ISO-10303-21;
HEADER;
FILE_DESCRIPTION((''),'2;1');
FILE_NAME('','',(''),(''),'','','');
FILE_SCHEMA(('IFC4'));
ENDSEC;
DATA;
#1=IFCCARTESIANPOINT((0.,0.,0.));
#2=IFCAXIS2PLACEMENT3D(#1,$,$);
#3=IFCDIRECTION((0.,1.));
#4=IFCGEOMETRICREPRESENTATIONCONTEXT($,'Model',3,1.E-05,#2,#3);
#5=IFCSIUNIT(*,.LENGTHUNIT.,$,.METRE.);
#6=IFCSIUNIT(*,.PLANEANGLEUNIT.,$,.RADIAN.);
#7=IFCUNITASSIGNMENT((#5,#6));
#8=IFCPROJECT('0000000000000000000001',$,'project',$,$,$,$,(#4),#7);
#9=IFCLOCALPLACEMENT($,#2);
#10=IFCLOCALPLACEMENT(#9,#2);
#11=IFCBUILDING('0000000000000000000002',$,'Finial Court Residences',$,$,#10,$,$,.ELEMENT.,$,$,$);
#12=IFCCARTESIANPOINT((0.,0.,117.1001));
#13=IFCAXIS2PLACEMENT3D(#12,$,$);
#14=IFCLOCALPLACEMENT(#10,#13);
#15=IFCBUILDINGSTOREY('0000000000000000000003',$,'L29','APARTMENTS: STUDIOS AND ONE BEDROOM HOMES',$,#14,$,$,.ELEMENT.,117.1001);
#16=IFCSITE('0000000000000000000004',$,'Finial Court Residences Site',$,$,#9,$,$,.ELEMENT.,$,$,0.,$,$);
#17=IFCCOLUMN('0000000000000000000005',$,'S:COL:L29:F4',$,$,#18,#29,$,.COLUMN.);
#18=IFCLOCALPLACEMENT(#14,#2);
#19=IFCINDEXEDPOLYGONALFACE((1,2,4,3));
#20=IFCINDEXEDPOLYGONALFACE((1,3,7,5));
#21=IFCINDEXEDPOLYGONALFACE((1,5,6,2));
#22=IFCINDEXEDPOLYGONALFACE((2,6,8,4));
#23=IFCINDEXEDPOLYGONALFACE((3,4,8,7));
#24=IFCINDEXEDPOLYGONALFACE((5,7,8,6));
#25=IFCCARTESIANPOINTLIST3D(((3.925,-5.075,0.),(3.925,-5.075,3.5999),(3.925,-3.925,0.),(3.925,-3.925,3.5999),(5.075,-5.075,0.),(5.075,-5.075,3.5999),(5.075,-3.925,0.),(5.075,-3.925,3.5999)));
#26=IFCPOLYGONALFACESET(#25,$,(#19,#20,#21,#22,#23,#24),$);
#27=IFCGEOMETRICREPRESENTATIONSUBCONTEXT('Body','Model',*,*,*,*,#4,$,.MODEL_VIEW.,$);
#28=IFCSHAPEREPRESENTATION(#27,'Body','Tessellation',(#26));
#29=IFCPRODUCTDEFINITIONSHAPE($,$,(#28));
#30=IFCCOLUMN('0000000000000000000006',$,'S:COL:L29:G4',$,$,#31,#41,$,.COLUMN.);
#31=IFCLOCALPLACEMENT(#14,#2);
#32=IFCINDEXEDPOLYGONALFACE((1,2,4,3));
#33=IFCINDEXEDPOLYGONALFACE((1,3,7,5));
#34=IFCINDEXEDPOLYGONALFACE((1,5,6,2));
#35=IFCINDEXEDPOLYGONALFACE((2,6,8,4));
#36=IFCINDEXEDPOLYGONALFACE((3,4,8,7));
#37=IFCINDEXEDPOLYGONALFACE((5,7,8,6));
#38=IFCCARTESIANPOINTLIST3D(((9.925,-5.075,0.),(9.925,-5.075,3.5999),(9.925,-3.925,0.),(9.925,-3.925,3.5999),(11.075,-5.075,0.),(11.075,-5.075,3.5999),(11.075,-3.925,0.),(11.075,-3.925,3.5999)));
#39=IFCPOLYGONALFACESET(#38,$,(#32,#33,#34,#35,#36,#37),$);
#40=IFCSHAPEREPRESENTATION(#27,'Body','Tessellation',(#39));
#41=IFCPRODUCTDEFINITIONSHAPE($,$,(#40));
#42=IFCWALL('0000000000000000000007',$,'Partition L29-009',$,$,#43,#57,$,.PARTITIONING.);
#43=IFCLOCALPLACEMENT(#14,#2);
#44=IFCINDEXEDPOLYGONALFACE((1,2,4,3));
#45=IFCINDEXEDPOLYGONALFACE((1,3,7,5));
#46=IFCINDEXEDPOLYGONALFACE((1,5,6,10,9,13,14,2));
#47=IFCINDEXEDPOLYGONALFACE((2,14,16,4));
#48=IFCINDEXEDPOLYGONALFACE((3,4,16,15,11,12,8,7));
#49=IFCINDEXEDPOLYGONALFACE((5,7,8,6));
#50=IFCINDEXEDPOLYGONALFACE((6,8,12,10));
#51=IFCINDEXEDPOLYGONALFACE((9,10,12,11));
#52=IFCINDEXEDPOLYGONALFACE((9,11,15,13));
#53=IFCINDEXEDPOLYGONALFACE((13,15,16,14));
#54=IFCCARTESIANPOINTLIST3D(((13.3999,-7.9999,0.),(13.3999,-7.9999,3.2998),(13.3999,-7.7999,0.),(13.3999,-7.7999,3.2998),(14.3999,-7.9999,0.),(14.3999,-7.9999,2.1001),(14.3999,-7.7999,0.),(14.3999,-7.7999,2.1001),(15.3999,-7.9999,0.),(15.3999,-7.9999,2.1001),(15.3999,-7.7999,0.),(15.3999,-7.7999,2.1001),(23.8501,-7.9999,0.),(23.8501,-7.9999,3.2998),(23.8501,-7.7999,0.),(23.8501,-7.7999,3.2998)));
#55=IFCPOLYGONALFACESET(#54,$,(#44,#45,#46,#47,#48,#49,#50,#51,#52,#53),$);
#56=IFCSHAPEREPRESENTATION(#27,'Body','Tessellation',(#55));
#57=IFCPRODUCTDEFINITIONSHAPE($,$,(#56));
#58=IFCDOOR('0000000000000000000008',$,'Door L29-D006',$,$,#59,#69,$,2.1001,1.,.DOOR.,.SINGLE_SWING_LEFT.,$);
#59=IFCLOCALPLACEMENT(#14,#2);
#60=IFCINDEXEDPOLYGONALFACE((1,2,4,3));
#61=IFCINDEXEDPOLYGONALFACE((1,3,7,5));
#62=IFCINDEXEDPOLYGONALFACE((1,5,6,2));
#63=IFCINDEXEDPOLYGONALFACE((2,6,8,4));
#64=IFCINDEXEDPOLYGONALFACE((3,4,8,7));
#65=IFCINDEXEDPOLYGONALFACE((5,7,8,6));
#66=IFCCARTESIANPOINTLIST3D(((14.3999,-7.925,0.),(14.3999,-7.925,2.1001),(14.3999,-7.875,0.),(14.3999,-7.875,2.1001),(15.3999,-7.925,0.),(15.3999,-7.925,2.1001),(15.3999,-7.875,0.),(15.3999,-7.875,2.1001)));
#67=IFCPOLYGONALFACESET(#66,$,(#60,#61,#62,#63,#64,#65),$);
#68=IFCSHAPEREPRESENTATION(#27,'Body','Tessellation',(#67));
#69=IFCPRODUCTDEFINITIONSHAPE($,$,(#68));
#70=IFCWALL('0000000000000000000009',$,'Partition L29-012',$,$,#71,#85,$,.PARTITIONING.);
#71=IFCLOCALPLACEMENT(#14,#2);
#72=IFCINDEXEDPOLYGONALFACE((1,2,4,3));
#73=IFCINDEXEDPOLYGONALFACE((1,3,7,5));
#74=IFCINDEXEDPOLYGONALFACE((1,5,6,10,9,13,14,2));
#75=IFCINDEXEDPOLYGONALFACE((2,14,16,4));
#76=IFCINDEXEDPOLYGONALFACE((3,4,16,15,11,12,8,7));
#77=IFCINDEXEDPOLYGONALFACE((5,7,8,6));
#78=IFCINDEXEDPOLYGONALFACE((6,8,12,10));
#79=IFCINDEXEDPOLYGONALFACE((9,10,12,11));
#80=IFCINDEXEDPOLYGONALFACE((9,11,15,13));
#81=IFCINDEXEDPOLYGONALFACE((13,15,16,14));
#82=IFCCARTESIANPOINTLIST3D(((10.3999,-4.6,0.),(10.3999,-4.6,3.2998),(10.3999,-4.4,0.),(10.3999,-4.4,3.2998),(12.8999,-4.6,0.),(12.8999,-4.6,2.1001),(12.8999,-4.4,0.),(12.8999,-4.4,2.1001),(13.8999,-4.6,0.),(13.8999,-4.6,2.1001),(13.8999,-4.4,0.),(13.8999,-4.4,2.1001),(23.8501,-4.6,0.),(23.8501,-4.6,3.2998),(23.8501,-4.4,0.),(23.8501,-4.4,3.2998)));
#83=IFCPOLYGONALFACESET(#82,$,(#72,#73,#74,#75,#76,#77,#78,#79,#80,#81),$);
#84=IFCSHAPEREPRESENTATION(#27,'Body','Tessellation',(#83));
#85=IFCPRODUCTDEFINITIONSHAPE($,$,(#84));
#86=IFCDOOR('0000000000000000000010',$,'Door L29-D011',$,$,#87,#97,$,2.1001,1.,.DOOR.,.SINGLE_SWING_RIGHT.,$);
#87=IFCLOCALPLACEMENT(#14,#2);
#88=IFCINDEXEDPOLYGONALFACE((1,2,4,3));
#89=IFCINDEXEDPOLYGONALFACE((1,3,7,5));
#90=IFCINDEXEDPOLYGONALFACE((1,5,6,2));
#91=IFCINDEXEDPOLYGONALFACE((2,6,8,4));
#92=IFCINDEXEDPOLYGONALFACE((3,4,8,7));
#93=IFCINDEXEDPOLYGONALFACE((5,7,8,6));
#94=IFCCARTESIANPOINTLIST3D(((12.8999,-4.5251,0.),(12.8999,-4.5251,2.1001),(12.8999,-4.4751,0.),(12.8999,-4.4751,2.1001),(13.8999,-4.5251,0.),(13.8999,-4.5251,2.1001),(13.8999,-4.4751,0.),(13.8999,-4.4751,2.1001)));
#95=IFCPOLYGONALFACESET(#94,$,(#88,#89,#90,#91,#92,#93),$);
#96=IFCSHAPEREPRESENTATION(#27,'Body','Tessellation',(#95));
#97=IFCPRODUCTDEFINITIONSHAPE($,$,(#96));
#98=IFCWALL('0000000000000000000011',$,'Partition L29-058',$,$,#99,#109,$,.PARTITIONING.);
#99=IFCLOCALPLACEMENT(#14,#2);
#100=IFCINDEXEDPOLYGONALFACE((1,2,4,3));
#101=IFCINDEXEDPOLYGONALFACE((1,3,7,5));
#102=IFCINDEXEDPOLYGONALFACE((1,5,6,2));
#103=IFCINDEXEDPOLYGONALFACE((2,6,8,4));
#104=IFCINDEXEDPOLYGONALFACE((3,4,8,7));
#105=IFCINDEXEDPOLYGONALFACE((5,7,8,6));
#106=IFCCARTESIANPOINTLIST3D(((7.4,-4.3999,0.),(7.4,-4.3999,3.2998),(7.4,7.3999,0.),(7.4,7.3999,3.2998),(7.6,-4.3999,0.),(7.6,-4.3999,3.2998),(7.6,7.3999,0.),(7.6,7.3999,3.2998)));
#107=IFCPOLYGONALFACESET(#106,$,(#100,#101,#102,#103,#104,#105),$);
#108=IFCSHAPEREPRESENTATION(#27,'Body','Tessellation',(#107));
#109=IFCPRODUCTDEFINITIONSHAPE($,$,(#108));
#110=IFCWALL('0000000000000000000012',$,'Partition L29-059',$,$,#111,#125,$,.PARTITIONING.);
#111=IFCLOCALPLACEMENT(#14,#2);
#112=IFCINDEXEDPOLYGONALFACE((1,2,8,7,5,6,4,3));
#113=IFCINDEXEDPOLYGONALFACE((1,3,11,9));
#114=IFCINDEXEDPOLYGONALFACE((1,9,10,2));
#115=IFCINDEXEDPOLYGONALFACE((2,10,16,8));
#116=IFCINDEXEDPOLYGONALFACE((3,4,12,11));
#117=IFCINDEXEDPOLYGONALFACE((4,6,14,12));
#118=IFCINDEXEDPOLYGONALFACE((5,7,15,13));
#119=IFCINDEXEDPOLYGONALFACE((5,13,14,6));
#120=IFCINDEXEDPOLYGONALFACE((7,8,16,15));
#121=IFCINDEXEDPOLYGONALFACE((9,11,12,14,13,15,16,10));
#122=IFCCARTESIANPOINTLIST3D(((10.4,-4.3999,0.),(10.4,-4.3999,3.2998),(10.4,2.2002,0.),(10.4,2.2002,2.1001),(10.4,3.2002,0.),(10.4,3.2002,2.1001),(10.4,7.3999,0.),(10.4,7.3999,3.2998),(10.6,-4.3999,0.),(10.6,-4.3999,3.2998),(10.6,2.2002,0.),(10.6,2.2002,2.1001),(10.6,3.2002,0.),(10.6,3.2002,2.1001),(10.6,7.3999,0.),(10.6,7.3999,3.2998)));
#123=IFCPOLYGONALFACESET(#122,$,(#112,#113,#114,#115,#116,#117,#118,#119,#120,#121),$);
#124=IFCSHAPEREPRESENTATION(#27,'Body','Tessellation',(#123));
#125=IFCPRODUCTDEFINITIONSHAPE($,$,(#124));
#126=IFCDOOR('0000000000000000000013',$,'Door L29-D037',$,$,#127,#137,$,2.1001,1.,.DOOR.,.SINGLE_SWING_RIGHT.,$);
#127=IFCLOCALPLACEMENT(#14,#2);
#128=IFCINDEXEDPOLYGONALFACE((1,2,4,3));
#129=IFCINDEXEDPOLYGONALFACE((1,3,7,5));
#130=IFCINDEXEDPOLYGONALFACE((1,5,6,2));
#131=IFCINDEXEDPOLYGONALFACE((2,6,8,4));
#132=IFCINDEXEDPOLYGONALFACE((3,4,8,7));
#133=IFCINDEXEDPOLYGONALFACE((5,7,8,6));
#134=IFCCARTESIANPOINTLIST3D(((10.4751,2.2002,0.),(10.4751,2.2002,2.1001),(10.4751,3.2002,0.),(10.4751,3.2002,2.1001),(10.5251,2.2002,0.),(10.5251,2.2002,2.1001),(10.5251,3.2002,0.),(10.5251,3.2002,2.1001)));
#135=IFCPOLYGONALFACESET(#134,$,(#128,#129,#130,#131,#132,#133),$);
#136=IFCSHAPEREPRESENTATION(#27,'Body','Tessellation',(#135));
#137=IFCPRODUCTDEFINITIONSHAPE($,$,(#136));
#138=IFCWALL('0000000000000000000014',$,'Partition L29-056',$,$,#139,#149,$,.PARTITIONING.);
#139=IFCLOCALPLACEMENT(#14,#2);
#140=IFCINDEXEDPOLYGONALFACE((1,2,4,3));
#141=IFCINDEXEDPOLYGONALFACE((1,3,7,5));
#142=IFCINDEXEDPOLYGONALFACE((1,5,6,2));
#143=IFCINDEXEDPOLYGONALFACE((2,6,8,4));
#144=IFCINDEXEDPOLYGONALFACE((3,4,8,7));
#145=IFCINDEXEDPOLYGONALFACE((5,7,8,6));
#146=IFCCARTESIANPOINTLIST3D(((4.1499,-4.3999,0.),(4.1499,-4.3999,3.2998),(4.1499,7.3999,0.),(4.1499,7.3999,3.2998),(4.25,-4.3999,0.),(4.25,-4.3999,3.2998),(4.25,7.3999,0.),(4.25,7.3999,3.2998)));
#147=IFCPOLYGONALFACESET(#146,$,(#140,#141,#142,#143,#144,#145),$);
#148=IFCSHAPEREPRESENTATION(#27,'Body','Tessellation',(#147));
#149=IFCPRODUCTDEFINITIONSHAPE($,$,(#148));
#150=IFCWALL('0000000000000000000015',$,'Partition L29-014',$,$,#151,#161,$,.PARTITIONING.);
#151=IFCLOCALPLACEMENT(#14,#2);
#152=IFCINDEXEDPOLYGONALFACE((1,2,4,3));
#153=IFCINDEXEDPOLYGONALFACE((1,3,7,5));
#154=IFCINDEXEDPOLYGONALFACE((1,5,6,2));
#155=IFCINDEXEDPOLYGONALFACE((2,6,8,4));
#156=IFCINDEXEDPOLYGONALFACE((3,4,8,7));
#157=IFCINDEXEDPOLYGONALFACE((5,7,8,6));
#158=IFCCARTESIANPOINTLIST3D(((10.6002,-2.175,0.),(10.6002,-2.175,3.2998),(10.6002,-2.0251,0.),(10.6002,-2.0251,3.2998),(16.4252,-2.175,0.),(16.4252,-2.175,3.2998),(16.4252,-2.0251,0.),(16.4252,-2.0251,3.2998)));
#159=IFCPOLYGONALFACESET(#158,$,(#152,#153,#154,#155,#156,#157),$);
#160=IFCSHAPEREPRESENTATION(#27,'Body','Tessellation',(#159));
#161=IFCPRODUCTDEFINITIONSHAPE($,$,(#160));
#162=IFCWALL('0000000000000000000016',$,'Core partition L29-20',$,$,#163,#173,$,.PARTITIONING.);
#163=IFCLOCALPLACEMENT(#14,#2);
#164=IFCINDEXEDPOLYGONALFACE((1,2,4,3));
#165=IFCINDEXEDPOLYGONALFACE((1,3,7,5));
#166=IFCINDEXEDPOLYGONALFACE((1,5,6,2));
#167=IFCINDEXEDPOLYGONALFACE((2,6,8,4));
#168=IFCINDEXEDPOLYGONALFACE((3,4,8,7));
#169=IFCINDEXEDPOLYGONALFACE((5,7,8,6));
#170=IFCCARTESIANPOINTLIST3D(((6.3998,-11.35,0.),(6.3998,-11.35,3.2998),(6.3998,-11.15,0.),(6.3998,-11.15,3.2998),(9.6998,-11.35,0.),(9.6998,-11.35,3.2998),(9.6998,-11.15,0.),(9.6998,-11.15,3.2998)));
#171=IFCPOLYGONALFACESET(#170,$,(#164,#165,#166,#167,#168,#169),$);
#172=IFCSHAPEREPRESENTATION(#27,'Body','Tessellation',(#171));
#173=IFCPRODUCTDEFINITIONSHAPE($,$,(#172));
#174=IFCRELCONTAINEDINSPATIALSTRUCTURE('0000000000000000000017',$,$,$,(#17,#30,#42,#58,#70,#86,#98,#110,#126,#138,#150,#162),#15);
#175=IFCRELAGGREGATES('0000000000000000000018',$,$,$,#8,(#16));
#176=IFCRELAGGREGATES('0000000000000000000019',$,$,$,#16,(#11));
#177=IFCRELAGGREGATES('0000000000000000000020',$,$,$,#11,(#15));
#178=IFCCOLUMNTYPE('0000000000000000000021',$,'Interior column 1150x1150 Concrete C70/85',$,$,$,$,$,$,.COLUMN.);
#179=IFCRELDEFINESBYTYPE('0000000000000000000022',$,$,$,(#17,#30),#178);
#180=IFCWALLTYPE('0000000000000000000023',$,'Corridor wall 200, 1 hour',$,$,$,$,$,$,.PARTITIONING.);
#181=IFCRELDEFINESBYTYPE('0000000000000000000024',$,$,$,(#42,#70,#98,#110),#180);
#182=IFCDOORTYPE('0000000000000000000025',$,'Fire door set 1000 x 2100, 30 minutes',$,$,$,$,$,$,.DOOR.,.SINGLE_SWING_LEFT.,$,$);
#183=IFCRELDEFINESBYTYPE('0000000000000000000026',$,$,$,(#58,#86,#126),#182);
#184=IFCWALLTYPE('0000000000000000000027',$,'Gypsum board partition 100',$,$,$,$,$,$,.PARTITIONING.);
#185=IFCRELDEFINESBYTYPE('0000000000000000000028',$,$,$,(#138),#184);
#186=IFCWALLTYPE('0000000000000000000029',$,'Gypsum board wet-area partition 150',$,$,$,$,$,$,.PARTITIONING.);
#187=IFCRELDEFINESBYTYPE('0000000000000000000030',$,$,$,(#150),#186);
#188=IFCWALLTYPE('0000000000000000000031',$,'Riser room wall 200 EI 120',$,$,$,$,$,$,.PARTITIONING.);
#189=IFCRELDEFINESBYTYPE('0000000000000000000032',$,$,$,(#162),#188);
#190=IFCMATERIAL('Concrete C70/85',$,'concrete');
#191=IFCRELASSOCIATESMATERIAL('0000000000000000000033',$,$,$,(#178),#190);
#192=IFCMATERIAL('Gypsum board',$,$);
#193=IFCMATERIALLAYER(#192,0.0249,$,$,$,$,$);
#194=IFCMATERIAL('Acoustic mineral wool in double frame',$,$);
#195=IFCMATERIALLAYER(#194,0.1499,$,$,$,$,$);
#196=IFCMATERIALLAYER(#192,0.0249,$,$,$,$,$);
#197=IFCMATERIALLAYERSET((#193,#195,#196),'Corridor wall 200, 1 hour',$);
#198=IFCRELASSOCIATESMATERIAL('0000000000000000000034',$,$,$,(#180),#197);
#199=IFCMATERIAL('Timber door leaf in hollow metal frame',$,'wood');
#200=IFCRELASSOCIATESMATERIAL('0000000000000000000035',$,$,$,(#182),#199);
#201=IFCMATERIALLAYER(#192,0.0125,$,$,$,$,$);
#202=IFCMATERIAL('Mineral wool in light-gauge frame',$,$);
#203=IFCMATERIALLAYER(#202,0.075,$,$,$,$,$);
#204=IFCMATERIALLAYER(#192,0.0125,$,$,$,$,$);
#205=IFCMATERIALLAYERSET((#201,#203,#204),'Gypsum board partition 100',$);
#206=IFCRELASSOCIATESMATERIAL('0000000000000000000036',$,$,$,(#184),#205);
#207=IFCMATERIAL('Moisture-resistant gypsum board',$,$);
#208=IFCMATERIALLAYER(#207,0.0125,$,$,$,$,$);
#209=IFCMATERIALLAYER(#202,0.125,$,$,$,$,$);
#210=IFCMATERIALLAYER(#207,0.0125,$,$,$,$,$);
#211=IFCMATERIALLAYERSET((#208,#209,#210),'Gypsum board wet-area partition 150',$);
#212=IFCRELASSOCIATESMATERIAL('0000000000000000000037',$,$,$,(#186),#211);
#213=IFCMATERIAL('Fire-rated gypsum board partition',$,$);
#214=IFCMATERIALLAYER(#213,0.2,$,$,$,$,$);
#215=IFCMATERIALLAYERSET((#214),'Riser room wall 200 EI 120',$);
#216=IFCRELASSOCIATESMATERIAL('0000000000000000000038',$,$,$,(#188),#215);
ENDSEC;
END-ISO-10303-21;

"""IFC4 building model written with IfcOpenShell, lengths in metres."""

from ifc_helpers import new_model, si_unit, direction, frame, frame_2d, origin, origin_2d, place, context, subcontext, project, spatial, rectangle, extrude, material, layer, layer_set, material_profile, profile_set, type_object, element, fill, save


model = new_model("IFC4")

# Units and contexts
model_context = context("Model", 3, precision=1e-05, world=origin(), true_north=direction((0.0, 1.0)))
body_context = subcontext(model_context, "Body", "Model", "MODEL_VIEW")
ifc_project = project(units=[si_unit("LENGTHUNIT", "METRE"), si_unit("PLANEANGLEUNIT", "RADIAN")], contexts=[model_context])

# Site, building, storey
site_placement = place(None, origin())
site = spatial("IfcSite", under=ifc_project, at=site_placement, Name="Finial Court Residences Site", CompositionType="ELEMENT", RefElevation=0.0)
building_placement = place(site_placement, origin())
building = spatial("IfcBuilding", under=site, at=building_placement, Name="Finial Court Residences", CompositionType="ELEMENT")
storey_placement = place(building_placement, frame((0.0, 0.0, 117.1001)))
storey = spatial("IfcBuildingStorey", under=building, at=storey_placement, Name="L29", Description="APARTMENTS: STUDIOS AND ONE BEDROOM HOMES", CompositionType="ELEMENT", Elevation=117.1001)

# Columns
ifc_material_1 = material(Name="Concrete C70/85", Category="concrete")
ifc_material_profile = material_profile(ifc_material_1, rectangle(XDim=1.1499, YDim=1.1499, at=origin_2d()), Name="1150x1150")
ifc_profile_set = profile_set([ifc_material_profile], Name="Concrete C70/85")
column_type = type_object("IfcColumnType", Name="Interior column 1150x1150 Concrete C70/85", PredefinedType="COLUMN", material=ifc_profile_set)
for number, where, z_axis, x_axis, name in (
    (1, (4.5, -4.5, 0.0), (0.0, 0.0, 1.0), (1.0, 0.0, 0.0), "S:COL:L29:F4"),
    (2, (10.5, -4.5, 0.0), (0.0, 0.0, 1.0), (1.0, 0.0, 0.0), "S:COL:L29:G4"),
):
    element("IfcColumn", number, at=place(storey_placement, frame(where, z_axis=z_axis, x_axis=x_axis)), inside=storey, type_object=column_type, Name=name, PredefinedType="COLUMN", context=body_context, shape_type="SweptSolid", body=[
        extrude(rectangle(XDim=1.1499, YDim=1.1499, at=origin_2d()), origin(), (0.0, 0.0, 1.0), 3.5999),
    ])

# Walls, openings, doors
ifc_material_2 = material(Name="Gypsum board")
ifc_layer_1 = layer(ifc_material_2, 0.0249)
ifc_material_3 = material(Name="Acoustic mineral wool in double frame")
ifc_layer_2 = layer(ifc_material_3, 0.1499)
ifc_layer_3 = layer(ifc_material_2, 0.0249)
ifc_layer_set_1 = layer_set([ifc_layer_1, ifc_layer_2, ifc_layer_3], Name="Corridor wall 200, 1 hour")
wall_type_1 = type_object("IfcWallType", Name="Corridor wall 200, 1 hour", PredefinedType="PARTITIONING", material=ifc_layer_set_1)
wall_1_placement = place(storey_placement, frame((13.3999, -7.8999, 0.0), z_axis=(0.0, 0.0, 1.0), x_axis=(1.0, 0.0, 0.0)))
wall_1 = element("IfcWall", 3, at=wall_1_placement, inside=storey, type_object=wall_type_1, Name="Partition L29-009", PredefinedType="PARTITIONING", context=body_context, shape_type="SweptSolid", body=[
    extrude(rectangle(XDim=10.4502, YDim=0.2, at=frame_2d((5.2251, 0.0))), origin(), (0.0, 0.0, 1.0), 3.2998),
])
opening_1_placement = place(wall_1_placement, frame((1.0, 0.0, 0.0)))
opening_1 = element("IfcOpeningElement", 4, at=opening_1_placement, cuts=wall_1, PredefinedType="OPENING", context=body_context, shape_type="SweptSolid", body=[
    extrude(rectangle(XDim=1.0, YDim=2.1001, at=frame_2d((0.5, 1.05))), frame((0.0, 0.1099, 0.0), z_axis=(0.0, -1.0, 0.0), x_axis=(1.0, 0.0, 0.0)), (0.0, 0.0, 1.0), 0.22),
])
ifc_material_4 = material(Name="Timber door leaf in hollow metal frame", Category="wood")
door_type_1 = type_object("IfcDoorType", Name="Fire door set 1000 x 2100, 30 minutes", OperationType="SINGLE_SWING_LEFT", PredefinedType="DOOR", material=ifc_material_4)
door_1_placement = place(opening_1_placement, origin())
door_1 = element("IfcDoor", 5, at=door_1_placement, inside=storey, type_object=door_type_1, Name="Door L29-D006", OperationType="SINGLE_SWING_LEFT", OverallHeight=2.1001, OverallWidth=1.0, PredefinedType="DOOR", context=body_context, shape_type="SweptSolid", body=[
    extrude(rectangle(XDim=1.0, YDim=2.1001, at=frame_2d((0.5, 1.05))), frame((0.0, 0.0249, 0.0), z_axis=(0.0, -1.0, 0.0), x_axis=(1.0, 0.0, 0.0)), (0.0, 0.0, 1.0), 0.05),
])
fill(opening_1, door_1)
wall_2_placement = place(storey_placement, frame((10.3999, -4.5, 0.0), z_axis=(0.0, 0.0, 1.0), x_axis=(1.0, 0.0, 0.0)))
wall_2 = element("IfcWall", 6, at=wall_2_placement, inside=storey, type_object=wall_type_1, Name="Partition L29-012", PredefinedType="PARTITIONING", context=body_context, shape_type="SweptSolid", body=[
    extrude(rectangle(XDim=13.4502, YDim=0.2, at=frame_2d((6.7251, 0.0))), origin(), (0.0, 0.0, 1.0), 3.2998),
])
opening_2_placement = place(wall_2_placement, frame((2.5, 0.0, 0.0)))
opening_2 = element("IfcOpeningElement", 7, at=opening_2_placement, cuts=wall_2, PredefinedType="OPENING", context=body_context, shape_type="SweptSolid", body=[
    extrude(rectangle(XDim=1.0, YDim=2.1001, at=frame_2d((0.5, 1.05))), frame((0.0, 0.1099, 0.0), z_axis=(0.0, -1.0, 0.0), x_axis=(1.0, 0.0, 0.0)), (0.0, 0.0, 1.0), 0.22),
])
door_2_placement = place(opening_2_placement, origin())
door_2 = element("IfcDoor", 8, at=door_2_placement, inside=storey, type_object=door_type_1, Name="Door L29-D011", OperationType="SINGLE_SWING_RIGHT", OverallHeight=2.1001, OverallWidth=1.0, PredefinedType="DOOR", context=body_context, shape_type="SweptSolid", body=[
    extrude(rectangle(XDim=1.0, YDim=2.1001, at=frame_2d((0.5, 1.05))), frame((0.0, 0.0249, 0.0), z_axis=(0.0, -1.0, 0.0), x_axis=(1.0, 0.0, 0.0)), (0.0, 0.0, 1.0), 0.05),
])
fill(opening_2, door_2)

# Wall
wall_3_placement = place(storey_placement, frame((7.5, -4.3999, 0.0), z_axis=(0.0, 0.0, 1.0), x_axis=(0.0, 1.0, 0.0)))
element("IfcWall", 9, at=wall_3_placement, inside=storey, type_object=wall_type_1, Name="Partition L29-058", PredefinedType="PARTITIONING", context=body_context, shape_type="SweptSolid", body=[
    extrude(rectangle(XDim=11.7998, YDim=0.2, at=frame_2d((5.8999, 0.0))), origin(), (0.0, 0.0, 1.0), 3.2998),
])

# Wall, opening, door
wall_4_placement = place(storey_placement, frame((10.5, -4.3999, 0.0), z_axis=(0.0, 0.0, 1.0), x_axis=(0.0, 1.0, 0.0)))
wall_4 = element("IfcWall", 10, at=wall_4_placement, inside=storey, type_object=wall_type_1, Name="Partition L29-059", PredefinedType="PARTITIONING", context=body_context, shape_type="SweptSolid", body=[
    extrude(rectangle(XDim=11.7998, YDim=0.2, at=frame_2d((5.8999, 0.0))), origin(), (0.0, 0.0, 1.0), 3.2998),
])
opening_3_placement = place(wall_4_placement, frame((6.6001, 0.0, 0.0)))
opening_3 = element("IfcOpeningElement", 11, at=opening_3_placement, cuts=wall_4, PredefinedType="OPENING", context=body_context, shape_type="SweptSolid", body=[
    extrude(rectangle(XDim=1.0, YDim=2.1001, at=frame_2d((0.5, 1.05))), frame((0.0, 0.1099, 0.0), z_axis=(0.0, -1.0, 0.0), x_axis=(1.0, 0.0, 0.0)), (0.0, 0.0, 1.0), 0.22),
])
door_3_placement = place(opening_3_placement, origin())
door_3 = element("IfcDoor", 12, at=door_3_placement, inside=storey, type_object=door_type_1, Name="Door L29-D037", OperationType="SINGLE_SWING_RIGHT", OverallHeight=2.1001, OverallWidth=1.0, PredefinedType="DOOR", context=body_context, shape_type="SweptSolid", body=[
    extrude(rectangle(XDim=1.0, YDim=2.1001, at=frame_2d((0.5, 1.05))), frame((0.0, 0.0249, 0.0), z_axis=(0.0, -1.0, 0.0), x_axis=(1.0, 0.0, 0.0)), (0.0, 0.0, 1.0), 0.05),
])
fill(opening_3, door_3)

# Walls
ifc_layer_4 = layer(ifc_material_2, 0.0125)
ifc_material_5 = material(Name="Mineral wool in light-gauge frame")
ifc_layer_5 = layer(ifc_material_5, 0.075)
ifc_layer_6 = layer(ifc_material_2, 0.0125)
ifc_layer_set_2 = layer_set([ifc_layer_4, ifc_layer_5, ifc_layer_6], Name="Gypsum board partition 100")
wall_type_2 = type_object("IfcWallType", Name="Gypsum board partition 100", PredefinedType="PARTITIONING", material=ifc_layer_set_2)
wall_5_placement = place(storey_placement, frame((4.2, -4.3999, 0.0), z_axis=(0.0, 0.0, 1.0), x_axis=(0.0, 1.0, 0.0)))
element("IfcWall", 13, at=wall_5_placement, inside=storey, type_object=wall_type_2, Name="Partition L29-056", PredefinedType="PARTITIONING", context=body_context, shape_type="SweptSolid", body=[
    extrude(rectangle(XDim=11.7998, YDim=0.1001, at=frame_2d((5.8999, 0.0))), origin(), (0.0, 0.0, 1.0), 3.2998),
])
ifc_material_6 = material(Name="Moisture-resistant gypsum board")
ifc_layer_7 = layer(ifc_material_6, 0.0125)
ifc_layer_8 = layer(ifc_material_5, 0.125)
ifc_layer_9 = layer(ifc_material_6, 0.0125)
ifc_layer_set_3 = layer_set([ifc_layer_7, ifc_layer_8, ifc_layer_9], Name="Gypsum board wet-area partition 150")
wall_type_3 = type_object("IfcWallType", Name="Gypsum board wet-area partition 150", PredefinedType="PARTITIONING", material=ifc_layer_set_3)
wall_6_placement = place(storey_placement, frame((10.6001, -2.1001, 0.0), z_axis=(0.0, 0.0, 1.0), x_axis=(1.0, 0.0, 0.0)))
element("IfcWall", 14, at=wall_6_placement, inside=storey, type_object=wall_type_3, Name="Partition L29-014", PredefinedType="PARTITIONING", context=body_context, shape_type="SweptSolid", body=[
    extrude(rectangle(XDim=5.825, YDim=0.1499, at=frame_2d((2.9126, 0.0))), origin(), (0.0, 0.0, 1.0), 3.2998),
])
ifc_material_7 = material(Name="Fire-rated gypsum board partition")
ifc_layer_10 = layer(ifc_material_7, 0.2)
ifc_layer_set_4 = layer_set([ifc_layer_10], Name="Riser room wall 200 EI 120")
wall_type_4 = type_object("IfcWallType", Name="Riser room wall 200 EI 120", PredefinedType="PARTITIONING", material=ifc_layer_set_4)
wall_7_placement = place(storey_placement, frame((6.3999, -11.25, 0.0), z_axis=(0.0, 0.0, 1.0), x_axis=(1.0, 0.0, 0.0)))
element("IfcWall", 15, at=wall_7_placement, inside=storey, type_object=wall_type_4, Name="Core partition L29-20", PredefinedType="PARTITIONING", context=body_context, shape_type="SweptSolid", body=[
    extrude(rectangle(XDim=3.3, YDim=0.2, at=frame_2d((1.6499, 0.0))), origin(), (0.0, 0.0, 1.0), 3.2998),
])

save(model, "model.ifc")
